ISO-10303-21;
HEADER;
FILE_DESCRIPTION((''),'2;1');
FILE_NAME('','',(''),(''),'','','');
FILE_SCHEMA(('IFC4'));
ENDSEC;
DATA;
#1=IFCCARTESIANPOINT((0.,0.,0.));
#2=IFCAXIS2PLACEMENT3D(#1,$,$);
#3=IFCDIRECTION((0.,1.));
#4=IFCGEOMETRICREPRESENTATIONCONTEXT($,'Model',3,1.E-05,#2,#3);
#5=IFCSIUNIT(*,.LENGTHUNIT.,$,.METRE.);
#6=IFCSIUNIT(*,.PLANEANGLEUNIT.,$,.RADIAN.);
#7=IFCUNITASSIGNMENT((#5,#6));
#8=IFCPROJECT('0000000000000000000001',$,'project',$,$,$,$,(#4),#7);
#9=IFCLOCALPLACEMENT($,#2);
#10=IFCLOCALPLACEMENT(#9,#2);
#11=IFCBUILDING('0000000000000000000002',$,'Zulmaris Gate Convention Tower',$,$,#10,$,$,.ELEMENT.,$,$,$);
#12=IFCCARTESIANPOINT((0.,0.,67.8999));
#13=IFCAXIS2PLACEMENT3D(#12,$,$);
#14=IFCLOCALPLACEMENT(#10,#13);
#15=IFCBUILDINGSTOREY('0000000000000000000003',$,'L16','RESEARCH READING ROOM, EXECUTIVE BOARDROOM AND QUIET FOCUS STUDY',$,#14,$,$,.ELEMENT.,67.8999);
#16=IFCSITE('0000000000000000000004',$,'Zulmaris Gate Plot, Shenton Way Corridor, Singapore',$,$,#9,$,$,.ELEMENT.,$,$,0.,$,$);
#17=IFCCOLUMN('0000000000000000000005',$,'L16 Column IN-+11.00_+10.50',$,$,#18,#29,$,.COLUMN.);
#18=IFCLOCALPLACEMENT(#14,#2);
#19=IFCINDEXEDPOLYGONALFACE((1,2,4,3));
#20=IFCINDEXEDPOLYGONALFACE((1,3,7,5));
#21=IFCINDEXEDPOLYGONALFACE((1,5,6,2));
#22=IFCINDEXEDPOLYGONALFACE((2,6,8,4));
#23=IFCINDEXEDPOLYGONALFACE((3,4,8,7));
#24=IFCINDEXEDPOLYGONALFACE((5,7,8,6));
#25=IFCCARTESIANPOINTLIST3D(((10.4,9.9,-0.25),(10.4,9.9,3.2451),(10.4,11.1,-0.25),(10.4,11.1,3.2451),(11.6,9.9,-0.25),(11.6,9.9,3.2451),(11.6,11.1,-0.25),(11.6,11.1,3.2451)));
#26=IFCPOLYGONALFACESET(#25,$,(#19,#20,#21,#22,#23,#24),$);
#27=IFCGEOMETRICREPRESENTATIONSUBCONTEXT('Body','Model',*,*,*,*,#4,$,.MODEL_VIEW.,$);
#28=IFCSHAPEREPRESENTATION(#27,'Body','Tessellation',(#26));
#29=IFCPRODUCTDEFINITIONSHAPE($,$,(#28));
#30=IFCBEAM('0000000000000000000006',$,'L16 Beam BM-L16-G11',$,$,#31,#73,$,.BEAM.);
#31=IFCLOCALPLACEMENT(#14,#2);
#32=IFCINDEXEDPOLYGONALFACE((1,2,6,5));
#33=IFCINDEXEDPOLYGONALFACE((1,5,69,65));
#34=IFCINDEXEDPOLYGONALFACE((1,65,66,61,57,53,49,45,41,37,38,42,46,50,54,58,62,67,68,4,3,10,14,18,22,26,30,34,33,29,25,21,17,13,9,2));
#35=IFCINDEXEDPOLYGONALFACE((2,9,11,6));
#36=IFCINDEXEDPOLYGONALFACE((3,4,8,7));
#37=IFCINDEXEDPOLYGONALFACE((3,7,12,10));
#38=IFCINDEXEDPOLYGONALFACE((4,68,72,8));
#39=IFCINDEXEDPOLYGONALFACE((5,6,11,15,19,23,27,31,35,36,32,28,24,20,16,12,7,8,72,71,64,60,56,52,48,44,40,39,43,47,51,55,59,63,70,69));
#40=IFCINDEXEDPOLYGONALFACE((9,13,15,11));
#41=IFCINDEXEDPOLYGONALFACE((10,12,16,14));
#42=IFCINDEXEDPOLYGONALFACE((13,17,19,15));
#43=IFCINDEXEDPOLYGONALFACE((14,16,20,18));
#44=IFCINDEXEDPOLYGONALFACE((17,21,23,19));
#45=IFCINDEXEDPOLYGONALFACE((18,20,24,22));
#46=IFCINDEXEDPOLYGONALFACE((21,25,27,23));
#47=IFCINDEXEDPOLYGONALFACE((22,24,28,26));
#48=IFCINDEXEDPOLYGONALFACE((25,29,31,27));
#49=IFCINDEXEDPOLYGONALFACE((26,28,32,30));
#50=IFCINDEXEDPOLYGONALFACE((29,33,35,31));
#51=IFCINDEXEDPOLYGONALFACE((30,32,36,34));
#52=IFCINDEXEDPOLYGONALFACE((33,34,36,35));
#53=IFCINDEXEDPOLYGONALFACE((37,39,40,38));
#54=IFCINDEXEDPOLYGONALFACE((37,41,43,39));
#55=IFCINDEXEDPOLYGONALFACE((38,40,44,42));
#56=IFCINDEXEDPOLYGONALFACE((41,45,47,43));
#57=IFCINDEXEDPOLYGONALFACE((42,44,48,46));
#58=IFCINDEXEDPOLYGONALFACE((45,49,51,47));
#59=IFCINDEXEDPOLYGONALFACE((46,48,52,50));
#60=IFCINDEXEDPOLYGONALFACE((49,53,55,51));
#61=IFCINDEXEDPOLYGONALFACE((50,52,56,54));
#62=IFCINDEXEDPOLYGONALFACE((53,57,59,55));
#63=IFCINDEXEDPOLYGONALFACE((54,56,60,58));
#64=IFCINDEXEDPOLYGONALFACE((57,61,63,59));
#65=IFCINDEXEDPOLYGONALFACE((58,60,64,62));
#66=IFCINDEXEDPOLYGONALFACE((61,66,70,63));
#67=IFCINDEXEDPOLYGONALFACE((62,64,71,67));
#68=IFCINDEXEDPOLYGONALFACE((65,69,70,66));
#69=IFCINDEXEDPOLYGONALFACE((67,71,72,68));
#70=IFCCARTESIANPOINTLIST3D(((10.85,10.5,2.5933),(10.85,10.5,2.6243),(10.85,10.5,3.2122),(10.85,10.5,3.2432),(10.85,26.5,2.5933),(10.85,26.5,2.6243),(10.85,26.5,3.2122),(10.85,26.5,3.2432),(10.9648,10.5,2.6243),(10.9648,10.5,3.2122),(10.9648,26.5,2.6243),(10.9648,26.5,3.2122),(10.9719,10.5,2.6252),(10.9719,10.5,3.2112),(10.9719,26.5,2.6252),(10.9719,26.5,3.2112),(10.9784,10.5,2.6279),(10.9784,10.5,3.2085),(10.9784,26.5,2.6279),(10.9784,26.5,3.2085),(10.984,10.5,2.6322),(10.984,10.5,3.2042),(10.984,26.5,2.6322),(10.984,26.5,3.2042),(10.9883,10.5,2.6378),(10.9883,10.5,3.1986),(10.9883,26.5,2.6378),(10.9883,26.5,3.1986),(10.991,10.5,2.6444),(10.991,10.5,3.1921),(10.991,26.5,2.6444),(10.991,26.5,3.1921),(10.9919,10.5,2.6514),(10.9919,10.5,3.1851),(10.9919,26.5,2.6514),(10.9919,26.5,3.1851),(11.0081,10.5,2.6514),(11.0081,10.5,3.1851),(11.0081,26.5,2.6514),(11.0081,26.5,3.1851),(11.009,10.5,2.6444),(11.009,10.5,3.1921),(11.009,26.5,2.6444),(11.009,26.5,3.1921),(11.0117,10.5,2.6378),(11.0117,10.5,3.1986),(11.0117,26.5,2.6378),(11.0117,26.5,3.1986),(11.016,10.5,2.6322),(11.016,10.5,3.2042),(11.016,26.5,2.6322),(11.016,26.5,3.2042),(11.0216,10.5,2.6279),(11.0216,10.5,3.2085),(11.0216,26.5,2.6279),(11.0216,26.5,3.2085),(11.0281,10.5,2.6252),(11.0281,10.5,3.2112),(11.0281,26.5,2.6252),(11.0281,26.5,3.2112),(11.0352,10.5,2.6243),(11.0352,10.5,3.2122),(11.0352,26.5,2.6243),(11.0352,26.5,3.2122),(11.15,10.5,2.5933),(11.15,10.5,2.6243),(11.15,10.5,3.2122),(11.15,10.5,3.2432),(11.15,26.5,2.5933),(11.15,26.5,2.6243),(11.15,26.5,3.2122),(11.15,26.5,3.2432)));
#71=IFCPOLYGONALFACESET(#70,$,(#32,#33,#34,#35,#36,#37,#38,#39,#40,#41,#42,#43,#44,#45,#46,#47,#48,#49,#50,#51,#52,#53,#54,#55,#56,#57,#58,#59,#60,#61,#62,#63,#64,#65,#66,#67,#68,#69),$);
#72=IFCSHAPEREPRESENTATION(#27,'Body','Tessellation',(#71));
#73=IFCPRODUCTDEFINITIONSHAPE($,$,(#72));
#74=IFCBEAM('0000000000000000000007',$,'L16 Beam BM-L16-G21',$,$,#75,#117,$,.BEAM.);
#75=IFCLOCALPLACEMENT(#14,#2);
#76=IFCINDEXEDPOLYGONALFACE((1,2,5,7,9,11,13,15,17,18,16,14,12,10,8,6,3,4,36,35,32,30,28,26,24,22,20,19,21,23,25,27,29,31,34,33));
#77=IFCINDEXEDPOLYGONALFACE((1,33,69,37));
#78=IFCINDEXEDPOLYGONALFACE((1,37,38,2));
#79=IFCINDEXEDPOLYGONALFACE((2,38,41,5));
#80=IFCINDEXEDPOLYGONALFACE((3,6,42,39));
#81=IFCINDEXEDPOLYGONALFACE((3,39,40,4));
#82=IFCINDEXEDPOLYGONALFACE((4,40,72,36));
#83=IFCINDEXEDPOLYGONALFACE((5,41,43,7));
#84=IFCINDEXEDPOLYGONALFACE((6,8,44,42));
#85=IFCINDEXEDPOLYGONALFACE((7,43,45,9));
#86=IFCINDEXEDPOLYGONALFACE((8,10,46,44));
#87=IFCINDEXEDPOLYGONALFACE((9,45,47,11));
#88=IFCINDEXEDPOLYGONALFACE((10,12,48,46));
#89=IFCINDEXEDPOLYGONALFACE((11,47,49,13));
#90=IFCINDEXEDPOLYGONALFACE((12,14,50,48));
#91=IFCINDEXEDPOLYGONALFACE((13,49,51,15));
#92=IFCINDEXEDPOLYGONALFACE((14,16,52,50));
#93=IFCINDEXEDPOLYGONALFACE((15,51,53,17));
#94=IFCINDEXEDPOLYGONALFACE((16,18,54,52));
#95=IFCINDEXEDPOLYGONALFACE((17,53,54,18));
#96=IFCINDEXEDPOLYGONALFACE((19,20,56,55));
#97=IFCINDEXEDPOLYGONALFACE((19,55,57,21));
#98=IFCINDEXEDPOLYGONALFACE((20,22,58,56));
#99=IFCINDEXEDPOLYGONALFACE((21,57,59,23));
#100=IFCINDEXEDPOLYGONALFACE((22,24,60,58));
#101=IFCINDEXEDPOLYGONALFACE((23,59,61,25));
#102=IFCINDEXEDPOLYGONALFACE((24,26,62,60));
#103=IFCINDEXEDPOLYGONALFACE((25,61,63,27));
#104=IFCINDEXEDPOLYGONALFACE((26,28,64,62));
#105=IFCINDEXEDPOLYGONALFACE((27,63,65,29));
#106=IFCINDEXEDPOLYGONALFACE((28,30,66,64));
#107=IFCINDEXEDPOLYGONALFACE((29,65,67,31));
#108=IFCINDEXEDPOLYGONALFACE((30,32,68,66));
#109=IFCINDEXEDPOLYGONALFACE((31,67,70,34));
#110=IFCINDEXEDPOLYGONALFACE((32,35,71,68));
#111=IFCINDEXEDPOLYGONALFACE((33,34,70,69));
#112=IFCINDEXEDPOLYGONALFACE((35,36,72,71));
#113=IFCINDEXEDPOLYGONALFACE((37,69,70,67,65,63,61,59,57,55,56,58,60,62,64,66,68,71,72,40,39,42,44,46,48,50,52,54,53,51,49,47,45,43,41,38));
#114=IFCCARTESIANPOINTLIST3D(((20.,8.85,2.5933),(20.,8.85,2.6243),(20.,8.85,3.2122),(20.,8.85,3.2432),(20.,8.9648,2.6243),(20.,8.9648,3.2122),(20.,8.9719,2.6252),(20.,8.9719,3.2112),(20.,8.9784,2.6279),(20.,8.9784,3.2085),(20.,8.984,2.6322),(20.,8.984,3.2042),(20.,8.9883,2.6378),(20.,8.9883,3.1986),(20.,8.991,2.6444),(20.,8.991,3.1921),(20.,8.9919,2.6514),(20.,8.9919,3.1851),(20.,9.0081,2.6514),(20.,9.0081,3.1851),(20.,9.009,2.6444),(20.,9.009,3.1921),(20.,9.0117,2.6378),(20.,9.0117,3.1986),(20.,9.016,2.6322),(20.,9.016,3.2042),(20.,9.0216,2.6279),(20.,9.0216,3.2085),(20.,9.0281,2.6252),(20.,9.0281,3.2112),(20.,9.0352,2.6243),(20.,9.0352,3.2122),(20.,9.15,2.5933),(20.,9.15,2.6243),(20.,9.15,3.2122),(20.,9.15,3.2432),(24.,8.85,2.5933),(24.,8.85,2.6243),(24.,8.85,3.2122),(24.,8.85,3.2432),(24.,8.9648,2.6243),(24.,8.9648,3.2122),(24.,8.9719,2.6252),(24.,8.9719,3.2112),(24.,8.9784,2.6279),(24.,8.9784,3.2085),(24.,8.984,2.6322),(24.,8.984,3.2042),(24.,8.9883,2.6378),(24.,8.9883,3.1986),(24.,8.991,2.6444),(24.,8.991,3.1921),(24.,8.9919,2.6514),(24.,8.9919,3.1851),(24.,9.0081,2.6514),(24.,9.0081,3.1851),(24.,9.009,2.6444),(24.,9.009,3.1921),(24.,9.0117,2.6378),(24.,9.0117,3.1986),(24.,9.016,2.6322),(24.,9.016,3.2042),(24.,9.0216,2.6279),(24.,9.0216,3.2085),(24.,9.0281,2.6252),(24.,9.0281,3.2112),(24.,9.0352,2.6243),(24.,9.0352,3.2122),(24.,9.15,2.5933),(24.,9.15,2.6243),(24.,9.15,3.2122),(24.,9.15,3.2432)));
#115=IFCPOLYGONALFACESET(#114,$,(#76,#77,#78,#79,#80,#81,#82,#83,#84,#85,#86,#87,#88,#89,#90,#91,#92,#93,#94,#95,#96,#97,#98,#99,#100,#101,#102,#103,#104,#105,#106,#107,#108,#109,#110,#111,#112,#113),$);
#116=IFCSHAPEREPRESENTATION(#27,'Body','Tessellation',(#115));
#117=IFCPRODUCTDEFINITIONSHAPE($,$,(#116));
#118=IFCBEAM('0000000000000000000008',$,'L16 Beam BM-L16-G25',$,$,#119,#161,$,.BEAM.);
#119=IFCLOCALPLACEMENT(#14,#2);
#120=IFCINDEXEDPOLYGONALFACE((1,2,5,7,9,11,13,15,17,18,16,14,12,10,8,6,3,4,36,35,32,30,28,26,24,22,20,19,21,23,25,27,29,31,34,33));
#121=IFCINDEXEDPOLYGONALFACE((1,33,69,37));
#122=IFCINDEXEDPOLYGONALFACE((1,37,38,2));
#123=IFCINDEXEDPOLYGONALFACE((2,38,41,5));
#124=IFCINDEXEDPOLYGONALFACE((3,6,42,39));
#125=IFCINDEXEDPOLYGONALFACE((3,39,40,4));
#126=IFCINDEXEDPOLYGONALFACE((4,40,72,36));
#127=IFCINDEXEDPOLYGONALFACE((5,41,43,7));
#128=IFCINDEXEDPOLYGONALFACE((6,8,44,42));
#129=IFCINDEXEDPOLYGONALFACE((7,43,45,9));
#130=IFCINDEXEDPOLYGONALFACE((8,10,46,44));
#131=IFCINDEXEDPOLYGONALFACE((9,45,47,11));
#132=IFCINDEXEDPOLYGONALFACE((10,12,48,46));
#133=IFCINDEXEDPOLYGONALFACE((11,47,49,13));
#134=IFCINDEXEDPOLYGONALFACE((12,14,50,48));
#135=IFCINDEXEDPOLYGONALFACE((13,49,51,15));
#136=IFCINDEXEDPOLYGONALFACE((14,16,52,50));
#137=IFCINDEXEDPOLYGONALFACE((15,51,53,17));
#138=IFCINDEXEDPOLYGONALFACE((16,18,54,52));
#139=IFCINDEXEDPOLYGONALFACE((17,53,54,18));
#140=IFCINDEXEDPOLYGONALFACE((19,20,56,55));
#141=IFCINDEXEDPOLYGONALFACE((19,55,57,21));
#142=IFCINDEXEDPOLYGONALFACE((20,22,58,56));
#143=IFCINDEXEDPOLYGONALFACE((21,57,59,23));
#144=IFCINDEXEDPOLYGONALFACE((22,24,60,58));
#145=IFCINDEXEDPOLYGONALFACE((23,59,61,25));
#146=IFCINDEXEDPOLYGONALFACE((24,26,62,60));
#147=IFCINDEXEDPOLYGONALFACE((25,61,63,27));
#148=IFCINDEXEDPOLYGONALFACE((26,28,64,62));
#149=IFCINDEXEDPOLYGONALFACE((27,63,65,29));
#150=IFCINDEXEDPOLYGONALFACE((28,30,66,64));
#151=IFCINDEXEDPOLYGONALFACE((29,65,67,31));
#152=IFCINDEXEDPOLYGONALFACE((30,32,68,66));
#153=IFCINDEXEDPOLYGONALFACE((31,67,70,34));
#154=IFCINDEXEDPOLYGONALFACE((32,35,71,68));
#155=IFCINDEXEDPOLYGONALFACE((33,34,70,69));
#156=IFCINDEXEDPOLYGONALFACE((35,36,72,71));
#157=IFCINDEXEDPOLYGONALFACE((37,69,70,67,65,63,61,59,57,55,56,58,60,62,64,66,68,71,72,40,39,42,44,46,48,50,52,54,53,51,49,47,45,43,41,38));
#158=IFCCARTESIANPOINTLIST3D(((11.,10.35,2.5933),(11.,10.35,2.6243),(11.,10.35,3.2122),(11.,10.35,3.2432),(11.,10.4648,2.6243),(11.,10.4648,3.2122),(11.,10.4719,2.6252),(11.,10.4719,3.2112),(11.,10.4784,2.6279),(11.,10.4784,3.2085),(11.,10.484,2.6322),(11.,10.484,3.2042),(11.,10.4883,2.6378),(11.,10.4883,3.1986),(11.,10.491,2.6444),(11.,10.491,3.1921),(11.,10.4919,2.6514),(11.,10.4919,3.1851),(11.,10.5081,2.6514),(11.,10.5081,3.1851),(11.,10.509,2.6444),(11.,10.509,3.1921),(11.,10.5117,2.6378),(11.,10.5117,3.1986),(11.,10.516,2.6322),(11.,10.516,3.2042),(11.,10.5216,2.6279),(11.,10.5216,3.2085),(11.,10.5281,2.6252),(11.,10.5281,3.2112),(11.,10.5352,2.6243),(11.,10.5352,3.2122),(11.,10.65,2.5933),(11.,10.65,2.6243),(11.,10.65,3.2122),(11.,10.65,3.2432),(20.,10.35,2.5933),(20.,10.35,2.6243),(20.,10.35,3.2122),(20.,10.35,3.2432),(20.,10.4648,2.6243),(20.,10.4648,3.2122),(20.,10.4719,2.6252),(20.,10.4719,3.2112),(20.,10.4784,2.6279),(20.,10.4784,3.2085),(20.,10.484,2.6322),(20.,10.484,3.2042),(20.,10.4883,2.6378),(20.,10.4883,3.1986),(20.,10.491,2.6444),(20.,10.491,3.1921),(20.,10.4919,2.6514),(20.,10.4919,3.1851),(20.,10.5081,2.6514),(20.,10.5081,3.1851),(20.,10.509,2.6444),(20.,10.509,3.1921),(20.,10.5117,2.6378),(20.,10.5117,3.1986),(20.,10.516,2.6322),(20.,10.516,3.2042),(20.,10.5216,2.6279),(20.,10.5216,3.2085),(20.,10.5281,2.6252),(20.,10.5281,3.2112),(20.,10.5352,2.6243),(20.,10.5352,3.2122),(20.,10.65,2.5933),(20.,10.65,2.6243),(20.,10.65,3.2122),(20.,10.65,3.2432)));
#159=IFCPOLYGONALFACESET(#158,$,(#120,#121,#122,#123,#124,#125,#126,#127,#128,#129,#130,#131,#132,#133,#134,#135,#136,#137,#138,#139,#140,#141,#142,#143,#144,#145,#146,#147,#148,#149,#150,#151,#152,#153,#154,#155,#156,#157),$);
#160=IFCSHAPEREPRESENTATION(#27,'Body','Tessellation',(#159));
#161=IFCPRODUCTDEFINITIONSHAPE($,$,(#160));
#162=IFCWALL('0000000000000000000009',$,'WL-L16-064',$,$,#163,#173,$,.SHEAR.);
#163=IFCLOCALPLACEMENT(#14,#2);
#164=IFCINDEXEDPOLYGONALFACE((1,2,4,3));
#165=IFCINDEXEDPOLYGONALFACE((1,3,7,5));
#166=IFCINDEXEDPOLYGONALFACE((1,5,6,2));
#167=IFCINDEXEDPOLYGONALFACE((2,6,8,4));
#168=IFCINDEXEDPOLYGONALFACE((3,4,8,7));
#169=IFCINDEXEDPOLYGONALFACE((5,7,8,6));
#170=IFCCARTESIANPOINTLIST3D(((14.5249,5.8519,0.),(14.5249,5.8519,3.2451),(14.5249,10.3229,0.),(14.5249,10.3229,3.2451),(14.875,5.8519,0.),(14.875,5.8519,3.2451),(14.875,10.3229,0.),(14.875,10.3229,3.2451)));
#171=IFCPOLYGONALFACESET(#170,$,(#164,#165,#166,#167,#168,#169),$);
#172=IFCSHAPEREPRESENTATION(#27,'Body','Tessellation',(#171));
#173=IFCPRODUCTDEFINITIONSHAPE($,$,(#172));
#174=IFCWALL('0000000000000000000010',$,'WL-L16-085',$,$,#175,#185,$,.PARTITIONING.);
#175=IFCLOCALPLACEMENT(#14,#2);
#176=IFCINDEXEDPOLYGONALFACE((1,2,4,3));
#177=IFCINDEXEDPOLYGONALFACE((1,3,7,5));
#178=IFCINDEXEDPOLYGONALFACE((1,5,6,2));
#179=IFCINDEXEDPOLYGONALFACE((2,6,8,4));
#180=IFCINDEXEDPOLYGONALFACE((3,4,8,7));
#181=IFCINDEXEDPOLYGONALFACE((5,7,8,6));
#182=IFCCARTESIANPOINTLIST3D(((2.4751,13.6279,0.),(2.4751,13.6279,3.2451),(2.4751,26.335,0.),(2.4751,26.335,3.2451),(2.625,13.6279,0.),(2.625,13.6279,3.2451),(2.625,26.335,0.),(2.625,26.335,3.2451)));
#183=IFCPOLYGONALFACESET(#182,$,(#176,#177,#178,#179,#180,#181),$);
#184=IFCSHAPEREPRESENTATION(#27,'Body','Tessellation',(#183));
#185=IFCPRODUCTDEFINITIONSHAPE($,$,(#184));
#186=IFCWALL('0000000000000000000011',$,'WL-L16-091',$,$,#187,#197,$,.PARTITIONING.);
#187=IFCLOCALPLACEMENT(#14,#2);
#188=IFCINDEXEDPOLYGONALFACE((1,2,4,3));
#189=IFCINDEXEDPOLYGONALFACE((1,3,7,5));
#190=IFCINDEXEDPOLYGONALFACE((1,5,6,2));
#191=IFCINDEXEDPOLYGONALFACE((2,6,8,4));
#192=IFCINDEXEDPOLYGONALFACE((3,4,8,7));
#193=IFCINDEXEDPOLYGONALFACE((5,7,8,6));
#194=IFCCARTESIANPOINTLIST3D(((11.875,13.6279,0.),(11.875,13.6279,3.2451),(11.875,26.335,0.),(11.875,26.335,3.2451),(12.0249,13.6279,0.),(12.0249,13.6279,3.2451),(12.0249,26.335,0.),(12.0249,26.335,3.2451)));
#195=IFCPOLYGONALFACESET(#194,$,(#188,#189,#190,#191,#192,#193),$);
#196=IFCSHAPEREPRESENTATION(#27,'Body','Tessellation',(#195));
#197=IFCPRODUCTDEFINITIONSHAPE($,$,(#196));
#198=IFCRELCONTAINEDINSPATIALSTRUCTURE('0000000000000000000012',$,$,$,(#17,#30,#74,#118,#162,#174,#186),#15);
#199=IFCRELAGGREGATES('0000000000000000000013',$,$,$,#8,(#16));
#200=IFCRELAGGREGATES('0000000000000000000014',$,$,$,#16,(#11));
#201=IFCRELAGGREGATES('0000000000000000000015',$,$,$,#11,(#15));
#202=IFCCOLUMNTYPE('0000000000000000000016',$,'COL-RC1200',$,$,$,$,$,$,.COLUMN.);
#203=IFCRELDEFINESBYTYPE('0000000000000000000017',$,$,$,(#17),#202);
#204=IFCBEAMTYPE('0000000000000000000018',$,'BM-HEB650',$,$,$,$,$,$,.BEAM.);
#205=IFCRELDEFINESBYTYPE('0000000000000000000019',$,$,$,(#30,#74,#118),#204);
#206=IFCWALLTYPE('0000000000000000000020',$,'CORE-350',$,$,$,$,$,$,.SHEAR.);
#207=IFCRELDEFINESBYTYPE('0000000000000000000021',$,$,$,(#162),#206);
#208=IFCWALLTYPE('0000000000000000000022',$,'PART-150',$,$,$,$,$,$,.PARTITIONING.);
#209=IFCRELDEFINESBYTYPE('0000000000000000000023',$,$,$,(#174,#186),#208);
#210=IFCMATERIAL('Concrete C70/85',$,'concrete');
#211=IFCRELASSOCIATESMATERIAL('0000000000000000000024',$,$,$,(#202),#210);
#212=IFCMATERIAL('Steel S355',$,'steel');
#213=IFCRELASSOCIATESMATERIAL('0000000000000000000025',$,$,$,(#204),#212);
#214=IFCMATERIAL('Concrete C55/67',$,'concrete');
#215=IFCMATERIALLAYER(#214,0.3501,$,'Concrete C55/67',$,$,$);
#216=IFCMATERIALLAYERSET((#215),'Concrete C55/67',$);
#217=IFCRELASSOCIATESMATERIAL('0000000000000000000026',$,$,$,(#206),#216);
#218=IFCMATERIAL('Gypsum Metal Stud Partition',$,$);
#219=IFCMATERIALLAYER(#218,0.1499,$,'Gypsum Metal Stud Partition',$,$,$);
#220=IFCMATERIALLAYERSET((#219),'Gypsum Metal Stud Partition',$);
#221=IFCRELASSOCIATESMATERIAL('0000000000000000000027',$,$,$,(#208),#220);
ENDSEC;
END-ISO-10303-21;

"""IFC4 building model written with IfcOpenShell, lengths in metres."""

from ifc_helpers import new_model, si_unit, direction, frame, frame_2d, origin, origin_2d, place, context, subcontext, project, spatial, rectangle, i_section, extrude, material, layer, layer_set, material_profile, profile_set, type_object, element, save


model = new_model("IFC4")

# Units and contexts
model_context = context("Model", 3, precision=1e-05, world=origin(), true_north=direction((0.0, 1.0)))
body_context = subcontext(model_context, "Body", "Model", "MODEL_VIEW")
ifc_project = project(units=[si_unit("LENGTHUNIT", "METRE"), si_unit("PLANEANGLEUNIT", "RADIAN")], contexts=[model_context])

# Site, building, storey
site_placement = place(None, origin())
site = spatial("IfcSite", under=ifc_project, at=site_placement, Name="Zulmaris Gate Plot, Shenton Way Corridor, Singapore", CompositionType="ELEMENT", RefElevation=0.0)
building_placement = place(site_placement, origin())
building = spatial("IfcBuilding", under=site, at=building_placement, Name="Zulmaris Gate Convention Tower", CompositionType="ELEMENT")
storey_placement = place(building_placement, frame((0.0, 0.0, 67.8999)))
storey = spatial("IfcBuildingStorey", under=building, at=storey_placement, Name="L16", Description="RESEARCH READING ROOM, EXECUTIVE BOARDROOM AND QUIET FOCUS STUDY", CompositionType="ELEMENT", Elevation=67.8999)

# Column
ifc_material_1 = material(Name="Concrete C70/85", Category="concrete")
ifc_material_profile_1 = material_profile(ifc_material_1, rectangle(XDim=1.2, YDim=1.2, at=origin_2d()), Name="RC COL 1200x1200")
ifc_profile_set_1 = profile_set([ifc_material_profile_1], Name="Concrete C70/85")
column_type = type_object("IfcColumnType", Name="COL-RC1200", PredefinedType="COLUMN", material=ifc_profile_set_1)
column_placement = place(storey_placement, frame((11.0, 10.5, -0.25), z_axis=(0.0, 0.0, 1.0), x_axis=(1.0, 0.0, 0.0)))
element("IfcColumn", 1, at=column_placement, inside=storey, type_object=column_type, Name="L16 Column IN-+11.00_+10.50", PredefinedType="COLUMN", context=body_context, shape_type="SweptSolid", body=[
    extrude(rectangle(XDim=1.2, YDim=1.2, at=origin_2d()), origin(), (0.0, 0.0, 1.0), 3.4951),
])

# Beams
ifc_material_2 = material(Name="Steel S355", Category="steel")
ifc_material_profile_2 = material_profile(ifc_material_2, i_section(OverallWidth=0.3, OverallDepth=0.6499, WebThickness=0.0161, FlangeThickness=0.031, FilletRadius=0.0271, at=origin_2d()), Name="HEB 650")
ifc_profile_set_2 = profile_set([ifc_material_profile_2], Name="Steel S355")
beam_type = type_object("IfcBeamType", Name="BM-HEB650", PredefinedType="BEAM", material=ifc_profile_set_2)
beam_1_placement = place(storey_placement, frame((11.0, 10.5, 2.9182), z_axis=(0.0, 1.0, 0.0), x_axis=(-1.0, 0.0, 0.0)))
element("IfcBeam", 2, at=beam_1_placement, inside=storey, type_object=beam_type, Name="L16 Beam BM-L16-G11", PredefinedType="BEAM", context=body_context, shape_type="SweptSolid", body=[
    extrude(i_section(OverallWidth=0.3, OverallDepth=0.6499, WebThickness=0.0161, FlangeThickness=0.031, FilletRadius=0.0271, at=origin_2d()), origin(), (0.0, 0.0, 1.0), 16.0),
])
beam_2_placement = place(storey_placement, frame((20.0, 9.0, 2.9182), z_axis=(1.0, 0.0, 0.0), x_axis=(0.0, 1.0, 0.0)))
element("IfcBeam", 3, at=beam_2_placement, inside=storey, type_object=beam_type, Name="L16 Beam BM-L16-G21", PredefinedType="BEAM", context=body_context, shape_type="SweptSolid", body=[
    extrude(i_section(OverallWidth=0.3, OverallDepth=0.6499, WebThickness=0.0161, FlangeThickness=0.031, FilletRadius=0.0271, at=origin_2d()), origin(), (0.0, 0.0, 1.0), 4.0),
])
beam_3_placement = place(storey_placement, frame((11.0, 10.5, 2.9182), z_axis=(1.0, 0.0, 0.0), x_axis=(0.0, 1.0, 0.0)))
element("IfcBeam", 4, at=beam_3_placement, inside=storey, type_object=beam_type, Name="L16 Beam BM-L16-G25", PredefinedType="BEAM", context=body_context, shape_type="SweptSolid", body=[
    extrude(i_section(OverallWidth=0.3, OverallDepth=0.6499, WebThickness=0.0161, FlangeThickness=0.031, FilletRadius=0.0271, at=origin_2d()), origin(), (0.0, 0.0, 1.0), 9.0),
])

# Shared definitions
ifc_material_3 = material(Name="Concrete C55/67", Category="concrete")
ifc_layer_1 = layer(ifc_material_3, 0.3501, Name="Concrete C55/67")
ifc_layer_set_1 = layer_set([ifc_layer_1], Name="Concrete C55/67")
wall_type_1 = type_object("IfcWallType", Name="CORE-350", PredefinedType="SHEAR", material=ifc_layer_set_1)

# Wall
wall_1_placement = place(storey_placement, frame((14.7, 5.8521, 0.0), z_axis=(0.0, 0.0, 1.0), x_axis=(0.0, 1.0, 0.0)))
element("IfcWall", 5, at=wall_1_placement, inside=storey, type_object=wall_type_1, Name="WL-L16-064", PredefinedType="SHEAR", context=body_context, shape_type="SweptSolid", body=[
    extrude(rectangle(XDim=4.4709, YDim=0.3501, at=frame_2d((2.2354, 0.0))), origin(), (0.0, 0.0, 1.0), 3.2451),
])

# Shared definitions
ifc_material_4 = material(Name="Gypsum Metal Stud Partition")
ifc_layer_2 = layer(ifc_material_4, 0.1499, Name="Gypsum Metal Stud Partition")
ifc_layer_set_2 = layer_set([ifc_layer_2], Name="Gypsum Metal Stud Partition")
wall_type_2 = type_object("IfcWallType", Name="PART-150", PredefinedType="PARTITIONING", material=ifc_layer_set_2)

# Walls
for number, where, z_axis, x_axis, name in (
    (6, (2.55, 13.6279, 0.0), (0.0, 0.0, 1.0), (0.0, 1.0, 0.0), "WL-L16-085"),
    (7, (11.95, 13.6279, 0.0), (0.0, 0.0, 1.0), (0.0, 1.0, 0.0), "WL-L16-091"),
):
    element("IfcWall", number, at=place(storey_placement, frame(where, z_axis=z_axis, x_axis=x_axis)), inside=storey, type_object=wall_type_2, Name=name, PredefinedType="PARTITIONING", context=body_context, shape_type="SweptSolid", body=[
        extrude(rectangle(XDim=12.707, YDim=0.1499, at=frame_2d((6.3535, 0.0))), origin(), (0.0, 0.0, 1.0), 3.2451),
    ])

save(model, "model.ifc")
